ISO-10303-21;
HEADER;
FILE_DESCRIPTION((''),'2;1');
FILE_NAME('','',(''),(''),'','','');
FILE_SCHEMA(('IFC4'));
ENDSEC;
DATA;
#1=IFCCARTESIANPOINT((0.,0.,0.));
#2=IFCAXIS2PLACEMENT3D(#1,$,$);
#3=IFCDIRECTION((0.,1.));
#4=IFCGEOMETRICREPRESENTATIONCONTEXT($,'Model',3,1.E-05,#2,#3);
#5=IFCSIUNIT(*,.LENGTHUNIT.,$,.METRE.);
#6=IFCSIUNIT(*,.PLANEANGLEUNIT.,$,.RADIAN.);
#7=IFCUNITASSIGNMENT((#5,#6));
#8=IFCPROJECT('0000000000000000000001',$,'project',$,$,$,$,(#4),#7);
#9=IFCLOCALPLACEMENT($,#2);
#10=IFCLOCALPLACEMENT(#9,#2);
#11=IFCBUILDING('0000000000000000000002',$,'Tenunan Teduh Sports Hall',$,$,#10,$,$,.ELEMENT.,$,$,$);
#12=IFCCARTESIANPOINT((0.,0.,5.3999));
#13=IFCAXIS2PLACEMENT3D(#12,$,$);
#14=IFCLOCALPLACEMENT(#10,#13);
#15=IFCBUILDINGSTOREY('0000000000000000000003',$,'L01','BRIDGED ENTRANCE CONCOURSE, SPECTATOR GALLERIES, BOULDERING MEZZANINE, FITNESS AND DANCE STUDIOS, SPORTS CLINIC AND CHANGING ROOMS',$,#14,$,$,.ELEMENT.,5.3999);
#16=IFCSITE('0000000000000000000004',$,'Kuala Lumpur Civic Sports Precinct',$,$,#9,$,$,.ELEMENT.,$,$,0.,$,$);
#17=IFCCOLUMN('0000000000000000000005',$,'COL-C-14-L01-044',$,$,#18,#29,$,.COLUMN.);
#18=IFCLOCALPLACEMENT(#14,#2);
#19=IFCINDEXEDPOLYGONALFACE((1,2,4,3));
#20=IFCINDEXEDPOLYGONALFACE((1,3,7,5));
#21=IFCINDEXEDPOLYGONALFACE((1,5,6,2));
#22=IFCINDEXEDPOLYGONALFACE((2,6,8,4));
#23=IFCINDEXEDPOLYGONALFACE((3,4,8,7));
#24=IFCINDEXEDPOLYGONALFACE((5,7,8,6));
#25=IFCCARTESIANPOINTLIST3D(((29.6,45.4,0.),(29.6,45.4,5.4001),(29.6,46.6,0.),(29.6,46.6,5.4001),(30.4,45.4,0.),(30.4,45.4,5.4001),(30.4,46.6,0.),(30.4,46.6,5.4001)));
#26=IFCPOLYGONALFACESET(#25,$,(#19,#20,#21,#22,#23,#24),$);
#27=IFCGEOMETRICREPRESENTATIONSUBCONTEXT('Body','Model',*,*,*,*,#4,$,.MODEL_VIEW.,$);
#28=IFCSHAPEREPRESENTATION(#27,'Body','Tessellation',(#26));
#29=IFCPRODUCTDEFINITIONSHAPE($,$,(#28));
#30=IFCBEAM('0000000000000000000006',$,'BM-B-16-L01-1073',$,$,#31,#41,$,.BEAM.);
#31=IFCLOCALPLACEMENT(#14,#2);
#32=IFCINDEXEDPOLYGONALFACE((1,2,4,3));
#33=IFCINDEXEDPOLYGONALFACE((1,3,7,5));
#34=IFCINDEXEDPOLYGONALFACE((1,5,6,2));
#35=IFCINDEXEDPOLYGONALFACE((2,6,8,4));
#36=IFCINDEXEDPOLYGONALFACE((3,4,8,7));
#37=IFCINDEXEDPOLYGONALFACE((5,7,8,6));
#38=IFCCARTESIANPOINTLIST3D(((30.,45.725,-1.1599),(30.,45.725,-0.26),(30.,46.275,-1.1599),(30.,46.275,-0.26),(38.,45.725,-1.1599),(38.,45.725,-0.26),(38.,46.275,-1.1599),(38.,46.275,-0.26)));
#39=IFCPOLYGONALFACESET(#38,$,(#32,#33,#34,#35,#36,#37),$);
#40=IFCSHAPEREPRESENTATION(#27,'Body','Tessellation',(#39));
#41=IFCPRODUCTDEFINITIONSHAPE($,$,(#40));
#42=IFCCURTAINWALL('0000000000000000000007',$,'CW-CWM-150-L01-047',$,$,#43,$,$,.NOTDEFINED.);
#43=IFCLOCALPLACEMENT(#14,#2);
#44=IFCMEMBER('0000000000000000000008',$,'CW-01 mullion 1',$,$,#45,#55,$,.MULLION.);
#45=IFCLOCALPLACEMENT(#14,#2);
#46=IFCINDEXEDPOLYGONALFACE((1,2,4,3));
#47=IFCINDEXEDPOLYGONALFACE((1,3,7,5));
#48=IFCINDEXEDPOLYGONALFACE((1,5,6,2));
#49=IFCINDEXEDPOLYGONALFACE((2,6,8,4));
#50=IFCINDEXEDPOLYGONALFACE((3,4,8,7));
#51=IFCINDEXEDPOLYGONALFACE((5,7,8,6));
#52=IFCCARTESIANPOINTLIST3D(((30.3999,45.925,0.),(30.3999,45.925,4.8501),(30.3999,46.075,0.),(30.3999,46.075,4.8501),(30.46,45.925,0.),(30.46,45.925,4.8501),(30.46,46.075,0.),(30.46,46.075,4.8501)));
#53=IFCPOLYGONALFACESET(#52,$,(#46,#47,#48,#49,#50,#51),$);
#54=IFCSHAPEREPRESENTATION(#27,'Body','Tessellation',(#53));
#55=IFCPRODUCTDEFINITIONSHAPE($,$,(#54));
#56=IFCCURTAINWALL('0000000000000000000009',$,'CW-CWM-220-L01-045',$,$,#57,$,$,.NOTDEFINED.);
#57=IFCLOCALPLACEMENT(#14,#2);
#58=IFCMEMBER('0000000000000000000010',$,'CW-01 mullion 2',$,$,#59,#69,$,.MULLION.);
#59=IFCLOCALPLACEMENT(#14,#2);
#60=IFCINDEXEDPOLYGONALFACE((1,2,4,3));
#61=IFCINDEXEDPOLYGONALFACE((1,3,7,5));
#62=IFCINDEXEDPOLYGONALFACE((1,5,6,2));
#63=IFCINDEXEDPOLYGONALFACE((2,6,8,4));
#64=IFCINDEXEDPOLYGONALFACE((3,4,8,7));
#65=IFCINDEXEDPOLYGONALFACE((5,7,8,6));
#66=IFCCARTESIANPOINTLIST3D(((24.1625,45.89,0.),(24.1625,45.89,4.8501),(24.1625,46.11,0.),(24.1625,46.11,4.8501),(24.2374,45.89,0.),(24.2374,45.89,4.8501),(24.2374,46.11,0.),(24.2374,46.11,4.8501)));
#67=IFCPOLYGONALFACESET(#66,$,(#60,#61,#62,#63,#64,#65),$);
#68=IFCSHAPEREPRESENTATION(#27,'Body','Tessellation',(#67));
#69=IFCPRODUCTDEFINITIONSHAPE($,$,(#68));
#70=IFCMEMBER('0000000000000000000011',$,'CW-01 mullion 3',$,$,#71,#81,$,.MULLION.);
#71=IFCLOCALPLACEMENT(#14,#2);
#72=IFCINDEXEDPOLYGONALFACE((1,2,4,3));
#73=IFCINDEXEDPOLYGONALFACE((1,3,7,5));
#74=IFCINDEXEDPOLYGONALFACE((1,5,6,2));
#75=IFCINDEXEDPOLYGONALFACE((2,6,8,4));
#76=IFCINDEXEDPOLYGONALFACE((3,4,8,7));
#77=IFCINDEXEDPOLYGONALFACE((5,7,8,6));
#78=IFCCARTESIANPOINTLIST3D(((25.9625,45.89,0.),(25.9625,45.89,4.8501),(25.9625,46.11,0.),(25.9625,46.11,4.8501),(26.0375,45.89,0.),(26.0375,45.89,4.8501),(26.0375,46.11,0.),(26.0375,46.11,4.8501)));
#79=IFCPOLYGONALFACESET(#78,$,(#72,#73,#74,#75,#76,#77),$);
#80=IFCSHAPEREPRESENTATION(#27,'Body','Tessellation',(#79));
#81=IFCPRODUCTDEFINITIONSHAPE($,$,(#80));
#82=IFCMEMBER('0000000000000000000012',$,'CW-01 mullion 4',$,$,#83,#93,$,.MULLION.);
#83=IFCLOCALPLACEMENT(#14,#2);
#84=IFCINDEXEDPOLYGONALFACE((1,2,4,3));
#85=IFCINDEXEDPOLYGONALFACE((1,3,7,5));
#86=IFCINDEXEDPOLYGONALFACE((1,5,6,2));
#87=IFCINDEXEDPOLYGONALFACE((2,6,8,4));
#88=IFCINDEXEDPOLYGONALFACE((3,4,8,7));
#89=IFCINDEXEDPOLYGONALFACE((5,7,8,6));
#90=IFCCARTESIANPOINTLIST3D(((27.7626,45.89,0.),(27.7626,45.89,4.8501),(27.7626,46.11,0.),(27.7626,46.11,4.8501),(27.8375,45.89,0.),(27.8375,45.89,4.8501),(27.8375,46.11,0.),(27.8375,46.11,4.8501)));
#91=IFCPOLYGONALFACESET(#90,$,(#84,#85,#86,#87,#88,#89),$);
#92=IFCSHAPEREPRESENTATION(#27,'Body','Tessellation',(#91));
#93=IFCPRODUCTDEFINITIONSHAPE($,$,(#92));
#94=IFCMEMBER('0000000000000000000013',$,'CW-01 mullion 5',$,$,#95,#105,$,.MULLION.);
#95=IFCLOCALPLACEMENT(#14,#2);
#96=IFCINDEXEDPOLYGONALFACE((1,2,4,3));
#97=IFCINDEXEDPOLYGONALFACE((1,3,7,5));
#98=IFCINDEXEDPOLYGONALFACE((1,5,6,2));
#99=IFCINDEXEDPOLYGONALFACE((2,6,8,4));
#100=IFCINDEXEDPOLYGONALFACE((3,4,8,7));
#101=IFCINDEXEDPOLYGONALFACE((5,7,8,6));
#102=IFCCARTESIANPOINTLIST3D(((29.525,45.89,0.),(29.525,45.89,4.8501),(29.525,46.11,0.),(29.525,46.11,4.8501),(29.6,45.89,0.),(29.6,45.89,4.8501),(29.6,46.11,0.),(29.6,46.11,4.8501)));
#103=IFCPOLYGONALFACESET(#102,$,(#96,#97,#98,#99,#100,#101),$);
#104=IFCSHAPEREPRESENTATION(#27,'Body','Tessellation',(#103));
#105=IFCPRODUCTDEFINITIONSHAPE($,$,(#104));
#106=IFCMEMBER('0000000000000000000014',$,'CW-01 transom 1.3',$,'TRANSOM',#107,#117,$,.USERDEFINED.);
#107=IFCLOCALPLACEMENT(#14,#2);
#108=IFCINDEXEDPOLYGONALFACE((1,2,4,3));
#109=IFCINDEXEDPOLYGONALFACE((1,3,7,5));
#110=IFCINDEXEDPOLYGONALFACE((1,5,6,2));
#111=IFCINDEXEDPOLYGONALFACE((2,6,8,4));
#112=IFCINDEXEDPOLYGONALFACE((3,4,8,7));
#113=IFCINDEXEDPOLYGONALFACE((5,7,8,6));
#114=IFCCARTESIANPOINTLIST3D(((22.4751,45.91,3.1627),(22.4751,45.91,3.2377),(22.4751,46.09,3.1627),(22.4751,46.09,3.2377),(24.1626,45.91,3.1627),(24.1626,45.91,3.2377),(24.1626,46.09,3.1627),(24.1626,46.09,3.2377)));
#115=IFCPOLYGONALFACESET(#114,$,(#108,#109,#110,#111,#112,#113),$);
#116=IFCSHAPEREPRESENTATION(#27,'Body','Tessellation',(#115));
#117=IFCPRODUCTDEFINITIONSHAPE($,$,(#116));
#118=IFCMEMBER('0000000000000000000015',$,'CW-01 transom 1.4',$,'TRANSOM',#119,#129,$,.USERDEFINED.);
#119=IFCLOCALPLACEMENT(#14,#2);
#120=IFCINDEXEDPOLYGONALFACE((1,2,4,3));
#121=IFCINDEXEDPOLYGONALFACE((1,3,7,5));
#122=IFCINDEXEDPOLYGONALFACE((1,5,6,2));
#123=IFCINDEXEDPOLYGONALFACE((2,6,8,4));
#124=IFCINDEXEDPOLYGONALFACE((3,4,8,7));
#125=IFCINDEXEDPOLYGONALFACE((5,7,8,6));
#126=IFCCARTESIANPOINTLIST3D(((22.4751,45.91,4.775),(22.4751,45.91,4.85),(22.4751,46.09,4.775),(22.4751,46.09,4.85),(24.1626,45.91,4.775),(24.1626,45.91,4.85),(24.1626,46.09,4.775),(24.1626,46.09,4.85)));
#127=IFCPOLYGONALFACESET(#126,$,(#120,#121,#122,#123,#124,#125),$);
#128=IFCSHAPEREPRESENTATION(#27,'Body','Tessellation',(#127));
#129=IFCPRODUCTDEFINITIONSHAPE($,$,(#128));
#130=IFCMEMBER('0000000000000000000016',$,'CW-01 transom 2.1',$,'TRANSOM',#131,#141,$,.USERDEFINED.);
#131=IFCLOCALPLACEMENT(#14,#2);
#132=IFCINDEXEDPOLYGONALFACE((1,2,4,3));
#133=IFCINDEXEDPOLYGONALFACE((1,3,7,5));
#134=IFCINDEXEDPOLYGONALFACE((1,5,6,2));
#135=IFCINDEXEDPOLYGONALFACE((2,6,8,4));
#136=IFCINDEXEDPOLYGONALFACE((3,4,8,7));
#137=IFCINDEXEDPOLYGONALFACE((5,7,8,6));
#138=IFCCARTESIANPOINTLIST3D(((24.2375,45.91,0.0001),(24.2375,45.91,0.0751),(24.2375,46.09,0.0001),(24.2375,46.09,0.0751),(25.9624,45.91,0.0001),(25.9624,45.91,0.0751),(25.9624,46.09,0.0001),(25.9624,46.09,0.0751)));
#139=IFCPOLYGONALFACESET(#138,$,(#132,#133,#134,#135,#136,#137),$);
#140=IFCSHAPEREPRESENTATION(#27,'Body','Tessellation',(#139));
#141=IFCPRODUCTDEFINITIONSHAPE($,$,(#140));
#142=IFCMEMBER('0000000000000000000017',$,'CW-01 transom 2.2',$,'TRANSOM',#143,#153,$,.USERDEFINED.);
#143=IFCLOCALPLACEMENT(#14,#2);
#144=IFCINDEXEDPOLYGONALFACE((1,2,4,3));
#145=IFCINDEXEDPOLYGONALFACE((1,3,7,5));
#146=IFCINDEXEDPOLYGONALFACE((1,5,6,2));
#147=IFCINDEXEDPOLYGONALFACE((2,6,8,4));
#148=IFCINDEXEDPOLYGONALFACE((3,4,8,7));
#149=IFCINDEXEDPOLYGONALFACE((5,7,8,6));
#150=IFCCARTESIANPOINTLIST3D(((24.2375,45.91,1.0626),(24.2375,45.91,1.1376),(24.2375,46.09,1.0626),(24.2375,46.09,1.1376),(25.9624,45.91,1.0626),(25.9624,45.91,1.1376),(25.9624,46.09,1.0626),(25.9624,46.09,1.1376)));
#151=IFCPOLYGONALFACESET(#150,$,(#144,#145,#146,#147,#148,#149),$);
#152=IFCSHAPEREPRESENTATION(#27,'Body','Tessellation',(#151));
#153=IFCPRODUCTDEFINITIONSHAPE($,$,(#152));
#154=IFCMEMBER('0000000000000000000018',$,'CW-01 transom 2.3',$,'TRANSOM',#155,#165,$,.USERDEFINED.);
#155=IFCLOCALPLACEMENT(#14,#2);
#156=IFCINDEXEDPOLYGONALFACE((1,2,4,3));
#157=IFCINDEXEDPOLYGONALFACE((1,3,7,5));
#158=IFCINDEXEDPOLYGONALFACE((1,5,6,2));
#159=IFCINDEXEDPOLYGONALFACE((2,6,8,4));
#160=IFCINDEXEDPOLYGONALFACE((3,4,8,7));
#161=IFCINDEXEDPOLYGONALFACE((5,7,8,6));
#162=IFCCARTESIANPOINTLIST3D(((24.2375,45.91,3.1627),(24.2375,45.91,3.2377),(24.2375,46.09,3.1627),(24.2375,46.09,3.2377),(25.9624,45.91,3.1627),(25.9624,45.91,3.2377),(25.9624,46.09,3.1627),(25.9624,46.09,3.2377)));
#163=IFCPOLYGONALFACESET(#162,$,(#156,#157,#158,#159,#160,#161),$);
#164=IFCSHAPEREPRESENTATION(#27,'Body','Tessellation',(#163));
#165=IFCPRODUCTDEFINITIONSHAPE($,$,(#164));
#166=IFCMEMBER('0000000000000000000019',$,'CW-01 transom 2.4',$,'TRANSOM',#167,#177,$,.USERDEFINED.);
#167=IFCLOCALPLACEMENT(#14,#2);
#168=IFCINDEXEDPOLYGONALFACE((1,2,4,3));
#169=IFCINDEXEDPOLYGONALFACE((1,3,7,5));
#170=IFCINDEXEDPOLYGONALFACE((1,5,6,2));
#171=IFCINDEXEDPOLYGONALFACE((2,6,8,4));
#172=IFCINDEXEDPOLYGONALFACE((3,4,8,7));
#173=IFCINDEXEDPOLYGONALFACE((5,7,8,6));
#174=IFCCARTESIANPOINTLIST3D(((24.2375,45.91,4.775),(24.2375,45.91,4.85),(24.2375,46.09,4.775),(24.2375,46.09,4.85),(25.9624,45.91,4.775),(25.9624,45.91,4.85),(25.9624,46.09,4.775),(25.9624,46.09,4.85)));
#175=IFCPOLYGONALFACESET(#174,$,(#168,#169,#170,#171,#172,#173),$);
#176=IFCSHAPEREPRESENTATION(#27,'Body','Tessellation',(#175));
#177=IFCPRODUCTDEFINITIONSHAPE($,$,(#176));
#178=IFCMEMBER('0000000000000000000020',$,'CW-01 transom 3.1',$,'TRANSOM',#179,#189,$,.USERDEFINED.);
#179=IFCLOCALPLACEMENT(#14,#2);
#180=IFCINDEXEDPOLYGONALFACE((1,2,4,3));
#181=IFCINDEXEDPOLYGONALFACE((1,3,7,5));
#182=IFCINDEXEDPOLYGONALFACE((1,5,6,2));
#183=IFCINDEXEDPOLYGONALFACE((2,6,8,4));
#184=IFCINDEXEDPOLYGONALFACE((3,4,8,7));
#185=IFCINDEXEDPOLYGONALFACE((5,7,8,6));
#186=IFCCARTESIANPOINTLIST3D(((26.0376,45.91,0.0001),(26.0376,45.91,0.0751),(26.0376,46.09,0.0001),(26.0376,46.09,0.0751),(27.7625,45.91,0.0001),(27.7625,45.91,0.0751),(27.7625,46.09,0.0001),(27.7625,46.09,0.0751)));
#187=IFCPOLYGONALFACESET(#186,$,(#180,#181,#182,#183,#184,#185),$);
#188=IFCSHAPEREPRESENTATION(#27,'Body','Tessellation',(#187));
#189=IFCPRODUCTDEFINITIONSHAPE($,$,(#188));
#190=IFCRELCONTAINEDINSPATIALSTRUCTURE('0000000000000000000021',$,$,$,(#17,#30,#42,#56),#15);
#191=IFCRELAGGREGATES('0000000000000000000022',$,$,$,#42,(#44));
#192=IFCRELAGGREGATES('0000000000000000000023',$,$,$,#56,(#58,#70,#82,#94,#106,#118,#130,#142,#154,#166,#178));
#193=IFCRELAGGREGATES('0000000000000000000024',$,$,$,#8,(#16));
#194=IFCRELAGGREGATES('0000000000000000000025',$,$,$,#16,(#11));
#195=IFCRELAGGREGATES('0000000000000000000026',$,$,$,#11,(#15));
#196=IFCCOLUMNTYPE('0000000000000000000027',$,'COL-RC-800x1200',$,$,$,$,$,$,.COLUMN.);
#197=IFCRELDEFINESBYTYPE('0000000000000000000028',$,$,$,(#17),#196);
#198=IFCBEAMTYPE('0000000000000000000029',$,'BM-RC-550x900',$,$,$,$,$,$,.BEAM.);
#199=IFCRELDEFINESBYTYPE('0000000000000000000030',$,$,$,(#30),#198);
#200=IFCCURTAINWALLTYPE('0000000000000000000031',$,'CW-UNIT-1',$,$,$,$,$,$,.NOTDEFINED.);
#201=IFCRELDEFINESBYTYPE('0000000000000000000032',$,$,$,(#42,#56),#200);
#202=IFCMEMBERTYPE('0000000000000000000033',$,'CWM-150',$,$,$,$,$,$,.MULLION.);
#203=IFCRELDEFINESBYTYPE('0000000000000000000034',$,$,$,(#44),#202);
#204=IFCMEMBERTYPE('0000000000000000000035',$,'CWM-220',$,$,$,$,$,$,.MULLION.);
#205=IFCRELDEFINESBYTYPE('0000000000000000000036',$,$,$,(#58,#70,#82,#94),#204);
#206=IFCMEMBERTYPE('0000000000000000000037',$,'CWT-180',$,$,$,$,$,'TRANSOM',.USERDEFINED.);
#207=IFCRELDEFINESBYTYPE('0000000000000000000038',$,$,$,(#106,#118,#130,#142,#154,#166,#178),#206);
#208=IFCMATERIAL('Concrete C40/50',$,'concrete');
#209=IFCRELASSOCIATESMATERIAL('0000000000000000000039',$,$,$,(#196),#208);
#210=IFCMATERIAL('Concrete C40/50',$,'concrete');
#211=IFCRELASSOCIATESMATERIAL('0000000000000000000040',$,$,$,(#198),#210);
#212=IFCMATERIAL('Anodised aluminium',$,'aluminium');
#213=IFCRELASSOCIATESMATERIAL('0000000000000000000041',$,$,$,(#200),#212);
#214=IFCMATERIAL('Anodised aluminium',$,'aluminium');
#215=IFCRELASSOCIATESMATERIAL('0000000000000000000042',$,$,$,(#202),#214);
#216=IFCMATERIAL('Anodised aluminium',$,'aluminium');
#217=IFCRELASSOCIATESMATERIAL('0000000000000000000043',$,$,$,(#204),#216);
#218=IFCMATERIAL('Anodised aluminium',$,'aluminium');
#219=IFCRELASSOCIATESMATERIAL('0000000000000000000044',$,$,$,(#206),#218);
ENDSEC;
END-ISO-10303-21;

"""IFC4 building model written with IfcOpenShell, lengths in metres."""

from ifc_helpers import new_model, si_unit, direction, frame, origin, origin_2d, place, context, subcontext, project, spatial, rectangle, extrude, material, material_profile, profile_set, type_object, element, aggregate, save


model = new_model("IFC4")

# Units and contexts
model_context = context("Model", 3, precision=1e-05, world=origin(), true_north=direction((0.0, 1.0)))
body_context = subcontext(model_context, "Body", "Model", "MODEL_VIEW")
ifc_project = project(units=[si_unit("LENGTHUNIT", "METRE"), si_unit("PLANEANGLEUNIT", "RADIAN")], contexts=[model_context])

# Site, building, storey
site_placement = place(None, origin())
site = spatial("IfcSite", under=ifc_project, at=site_placement, Name="Kuala Lumpur Civic Sports Precinct", CompositionType="ELEMENT", RefElevation=0.0)
building_placement = place(site_placement, origin())
building = spatial("IfcBuilding", under=site, at=building_placement, Name="Tenunan Teduh Sports Hall", CompositionType="ELEMENT")
storey_placement = place(building_placement, frame((0.0, 0.0, 5.3999)))
storey = spatial("IfcBuildingStorey", under=building, at=storey_placement, Name="L01", Description="BRIDGED ENTRANCE CONCOURSE, SPECTATOR GALLERIES, BOULDERING MEZZANINE, FITNESS AND DANCE STUDIOS, SPORTS CLINIC AND CHANGING ROOMS", CompositionType="ELEMENT", Elevation=5.3999)

# Column
ifc_material_1 = material(Name="Concrete C40/50", Category="concrete")
ifc_material_profile_1 = material_profile(ifc_material_1, rectangle(XDim=0.8, YDim=1.2, at=origin_2d()), Name="RC 800x1200")
ifc_profile_set_1 = profile_set([ifc_material_profile_1], Name="Concrete C40/50")
column_type = type_object("IfcColumnType", Name="COL-RC-800x1200", PredefinedType="COLUMN", material=ifc_profile_set_1)
column_placement = place(storey_placement, frame((30.0, 46.0, 0.0), z_axis=(0.0, 0.0, 1.0), x_axis=(1.0, 0.0, 0.0)))
element("IfcColumn", 1, at=column_placement, inside=storey, type_object=column_type, Name="COL-C-14-L01-044", PredefinedType="COLUMN", context=body_context, shape_type="SweptSolid", body=[
    extrude(rectangle(XDim=0.8, YDim=1.2, at=origin_2d()), origin(), (0.0, 0.0, 1.0), 5.4001),
])

# Beam
ifc_material_2 = material(Name="Concrete C40/50", Category="concrete")
ifc_material_profile_2 = material_profile(ifc_material_2, rectangle(XDim=0.55, YDim=0.8999, at=origin_2d()), Name="RCB 550x900")
ifc_profile_set_2 = profile_set([ifc_material_profile_2], Name="Concrete C40/50")
beam_type_1 = type_object("IfcBeamType", Name="BM-RC-550x900", PredefinedType="BEAM", material=ifc_profile_set_2)
beam_1_placement = place(storey_placement, frame((30.0, 46.0, -0.71), z_axis=(1.0, 0.0, 0.0), x_axis=(0.0, 1.0, 0.0)))
element("IfcBeam", 2, at=beam_1_placement, inside=storey, type_object=beam_type_1, Name="BM-B-16-L01-1073", PredefinedType="BEAM", context=body_context, shape_type="SweptSolid", body=[
    extrude(rectangle(XDim=0.55, YDim=0.8999, at=origin_2d()), origin(), (0.0, 0.0, 1.0), 8.0),
])

# Curtain wall, member
ifc_material_3 = material(Name="Anodised aluminium", Category="aluminium")
curtain_wall_type = type_object("IfcCurtainWallType", Name="CW-UNIT-1", PredefinedType="NOTDEFINED", material=ifc_material_3)
curtain_wall_1_placement = place(storey_placement, origin())
curtain_wall_1 = element("IfcCurtainWall", 3, at=curtain_wall_1_placement, inside=storey, type_object=curtain_wall_type, Name="CW-CWM-150-L01-047", PredefinedType="NOTDEFINED")
ifc_material_4 = material(Name="Anodised aluminium", Category="aluminium")
ifc_material_profile_3 = material_profile(ifc_material_4, rectangle(XDim=0.0601, YDim=0.1499, at=origin_2d()), Name="CWM 60x150")
ifc_profile_set_3 = profile_set([ifc_material_profile_3], Name="Anodised aluminium")
member_type_1 = type_object("IfcMemberType", Name="CWM-150", PredefinedType="MULLION", material=ifc_profile_set_3)
member_1_placement = place(storey_placement, frame((30.4299, 46.0, 0.0), z_axis=(0.0, 0.0, 1.0), x_axis=(1.0, 0.0, 0.0)))
member_1 = element("IfcMember", 4, at=member_1_placement, type_object=member_type_1, Name="CW-01 mullion 1", PredefinedType="MULLION", context=body_context, shape_type="SweptSolid", body=[
    extrude(rectangle(XDim=0.0601, YDim=0.1499, at=origin_2d()), origin(), (0.0, 0.0, 1.0), 4.8501),
])
aggregate(curtain_wall_1, [member_1])

# Curtain wall, members
curtain_wall_2_placement = place(storey_placement, origin())
curtain_wall_2 = element("IfcCurtainWall", 5, at=curtain_wall_2_placement, inside=storey, type_object=curtain_wall_type, Name="CW-CWM-220-L01-045", PredefinedType="NOTDEFINED")
ifc_material_5 = material(Name="Anodised aluminium", Category="aluminium")
ifc_material_profile_4 = material_profile(ifc_material_5, rectangle(XDim=0.075, YDim=0.22, at=origin_2d()), Name="CWM 75x220")
ifc_profile_set_4 = profile_set([ifc_material_profile_4], Name="Anodised aluminium")
member_type_2 = type_object("IfcMemberType", Name="CWM-220", PredefinedType="MULLION", material=ifc_profile_set_4)
member_2_placement = place(storey_placement, frame((24.2, 46.0, 0.0), z_axis=(0.0, 0.0, 1.0), x_axis=(1.0, 0.0, 0.0)))
member_2 = element("IfcMember", 6, at=member_2_placement, type_object=member_type_2, Name="CW-01 mullion 2", PredefinedType="MULLION", context=body_context, shape_type="SweptSolid", body=[
    extrude(rectangle(XDim=0.075, YDim=0.22, at=origin_2d()), origin(), (0.0, 0.0, 1.0), 4.8501),
])
member_3_placement = place(storey_placement, frame((26.0, 46.0, 0.0), z_axis=(0.0, 0.0, 1.0), x_axis=(1.0, 0.0, 0.0)))
member_3 = element("IfcMember", 7, at=member_3_placement, type_object=member_type_2, Name="CW-01 mullion 3", PredefinedType="MULLION", context=body_context, shape_type="SweptSolid", body=[
    extrude(rectangle(XDim=0.075, YDim=0.22, at=origin_2d()), origin(), (0.0, 0.0, 1.0), 4.8501),
])
member_4_placement = place(storey_placement, frame((27.8, 46.0, 0.0), z_axis=(0.0, 0.0, 1.0), x_axis=(1.0, 0.0, 0.0)))
member_4 = element("IfcMember", 8, at=member_4_placement, type_object=member_type_2, Name="CW-01 mullion 4", PredefinedType="MULLION", context=body_context, shape_type="SweptSolid", body=[
    extrude(rectangle(XDim=0.075, YDim=0.22, at=origin_2d()), origin(), (0.0, 0.0, 1.0), 4.8501),
])
member_5_placement = place(storey_placement, frame((29.5625, 46.0, 0.0), z_axis=(0.0, 0.0, 1.0), x_axis=(1.0, 0.0, 0.0)))
member_5 = element("IfcMember", 9, at=member_5_placement, type_object=member_type_2, Name="CW-01 mullion 5", PredefinedType="MULLION", context=body_context, shape_type="SweptSolid", body=[
    extrude(rectangle(XDim=0.075, YDim=0.22, at=origin_2d()), origin(), (0.0, 0.0, 1.0), 4.8501),
])
ifc_material_6 = material(Name="Anodised aluminium", Category="aluminium")
ifc_material_profile_5 = material_profile(ifc_material_6, rectangle(XDim=0.075, YDim=0.1799, at=origin_2d()), Name="CWT 75x180")
ifc_profile_set_5 = profile_set([ifc_material_profile_5], Name="Anodised aluminium")
member_type_3 = type_object("IfcMemberType", Name="CWT-180", ElementType="TRANSOM", PredefinedType="USERDEFINED", material=ifc_profile_set_5)
member_6_placement = place(storey_placement, frame((22.4751, 46.0, 3.2002), z_axis=(1.0, 0.0, 0.0), x_axis=(0.0, 0.0, 1.0)))
member_6 = element("IfcMember", 10, at=member_6_placement, type_object=member_type_3, Name="CW-01 transom 1.3", ObjectType="TRANSOM", PredefinedType="USERDEFINED", context=body_context, shape_type="SweptSolid", body=[
    extrude(rectangle(XDim=0.075, YDim=0.1799, at=origin_2d()), origin(), (0.0, 0.0, 1.0), 1.6875),
])
member_7_placement = place(storey_placement, frame((22.4751, 46.0, 4.8125), z_axis=(1.0, 0.0, 0.0), x_axis=(0.0, 0.0, 1.0)))
member_7 = element("IfcMember", 11, at=member_7_placement, type_object=member_type_3, Name="CW-01 transom 1.4", ObjectType="TRANSOM", PredefinedType="USERDEFINED", context=body_context, shape_type="SweptSolid", body=[
    extrude(rectangle(XDim=0.075, YDim=0.1799, at=origin_2d()), origin(), (0.0, 0.0, 1.0), 1.6875),
])
member_8_placement = place(storey_placement, frame((24.2375, 46.0, 0.0376), z_axis=(1.0, 0.0, 0.0), x_axis=(0.0, 0.0, 1.0)))
member_8 = element("IfcMember", 12, at=member_8_placement, type_object=member_type_3, Name="CW-01 transom 2.1", ObjectType="TRANSOM", PredefinedType="USERDEFINED", context=body_context, shape_type="SweptSolid", body=[
    extrude(rectangle(XDim=0.075, YDim=0.1799, at=origin_2d()), origin(), (0.0, 0.0, 1.0), 1.7249),
])
member_9_placement = place(storey_placement, frame((24.2375, 46.0, 1.1001), z_axis=(1.0, 0.0, 0.0), x_axis=(0.0, 0.0, 1.0)))
member_9 = element("IfcMember", 13, at=member_9_placement, type_object=member_type_3, Name="CW-01 transom 2.2", ObjectType="TRANSOM", PredefinedType="USERDEFINED", context=body_context, shape_type="SweptSolid", body=[
    extrude(rectangle(XDim=0.075, YDim=0.1799, at=origin_2d()), origin(), (0.0, 0.0, 1.0), 1.7249),
])
member_10_placement = place(storey_placement, frame((24.2375, 46.0, 3.2002), z_axis=(1.0, 0.0, 0.0), x_axis=(0.0, 0.0, 1.0)))
member_10 = element("IfcMember", 14, at=member_10_placement, type_object=member_type_3, Name="CW-01 transom 2.3", ObjectType="TRANSOM", PredefinedType="USERDEFINED", context=body_context, shape_type="SweptSolid", body=[
    extrude(rectangle(XDim=0.075, YDim=0.1799, at=origin_2d()), origin(), (0.0, 0.0, 1.0), 1.7249),
])
member_11_placement = place(storey_placement, frame((24.2375, 46.0, 4.8125), z_axis=(1.0, 0.0, 0.0), x_axis=(0.0, 0.0, 1.0)))
member_11 = element("IfcMember", 15, at=member_11_placement, type_object=member_type_3, Name="CW-01 transom 2.4", ObjectType="TRANSOM", PredefinedType="USERDEFINED", context=body_context, shape_type="SweptSolid", body=[
    extrude(rectangle(XDim=0.075, YDim=0.1799, at=origin_2d()), origin(), (0.0, 0.0, 1.0), 1.7249),
])
member_12_placement = place(storey_placement, frame((26.0376, 46.0, 0.0376), z_axis=(1.0, 0.0, 0.0), x_axis=(0.0, 0.0, 1.0)))
member_12 = element("IfcMember", 16, at=member_12_placement, type_object=member_type_3, Name="CW-01 transom 3.1", ObjectType="TRANSOM", PredefinedType="USERDEFINED", context=body_context, shape_type="SweptSolid", body=[
    extrude(rectangle(XDim=0.075, YDim=0.1799, at=origin_2d()), origin(), (0.0, 0.0, 1.0), 1.7249),
])

aggregate(curtain_wall_2, [member_2, member_3, member_4, member_5, member_6, member_7, member_8, member_9, member_10, member_11, member_12])

save(model, "model.ifc")
